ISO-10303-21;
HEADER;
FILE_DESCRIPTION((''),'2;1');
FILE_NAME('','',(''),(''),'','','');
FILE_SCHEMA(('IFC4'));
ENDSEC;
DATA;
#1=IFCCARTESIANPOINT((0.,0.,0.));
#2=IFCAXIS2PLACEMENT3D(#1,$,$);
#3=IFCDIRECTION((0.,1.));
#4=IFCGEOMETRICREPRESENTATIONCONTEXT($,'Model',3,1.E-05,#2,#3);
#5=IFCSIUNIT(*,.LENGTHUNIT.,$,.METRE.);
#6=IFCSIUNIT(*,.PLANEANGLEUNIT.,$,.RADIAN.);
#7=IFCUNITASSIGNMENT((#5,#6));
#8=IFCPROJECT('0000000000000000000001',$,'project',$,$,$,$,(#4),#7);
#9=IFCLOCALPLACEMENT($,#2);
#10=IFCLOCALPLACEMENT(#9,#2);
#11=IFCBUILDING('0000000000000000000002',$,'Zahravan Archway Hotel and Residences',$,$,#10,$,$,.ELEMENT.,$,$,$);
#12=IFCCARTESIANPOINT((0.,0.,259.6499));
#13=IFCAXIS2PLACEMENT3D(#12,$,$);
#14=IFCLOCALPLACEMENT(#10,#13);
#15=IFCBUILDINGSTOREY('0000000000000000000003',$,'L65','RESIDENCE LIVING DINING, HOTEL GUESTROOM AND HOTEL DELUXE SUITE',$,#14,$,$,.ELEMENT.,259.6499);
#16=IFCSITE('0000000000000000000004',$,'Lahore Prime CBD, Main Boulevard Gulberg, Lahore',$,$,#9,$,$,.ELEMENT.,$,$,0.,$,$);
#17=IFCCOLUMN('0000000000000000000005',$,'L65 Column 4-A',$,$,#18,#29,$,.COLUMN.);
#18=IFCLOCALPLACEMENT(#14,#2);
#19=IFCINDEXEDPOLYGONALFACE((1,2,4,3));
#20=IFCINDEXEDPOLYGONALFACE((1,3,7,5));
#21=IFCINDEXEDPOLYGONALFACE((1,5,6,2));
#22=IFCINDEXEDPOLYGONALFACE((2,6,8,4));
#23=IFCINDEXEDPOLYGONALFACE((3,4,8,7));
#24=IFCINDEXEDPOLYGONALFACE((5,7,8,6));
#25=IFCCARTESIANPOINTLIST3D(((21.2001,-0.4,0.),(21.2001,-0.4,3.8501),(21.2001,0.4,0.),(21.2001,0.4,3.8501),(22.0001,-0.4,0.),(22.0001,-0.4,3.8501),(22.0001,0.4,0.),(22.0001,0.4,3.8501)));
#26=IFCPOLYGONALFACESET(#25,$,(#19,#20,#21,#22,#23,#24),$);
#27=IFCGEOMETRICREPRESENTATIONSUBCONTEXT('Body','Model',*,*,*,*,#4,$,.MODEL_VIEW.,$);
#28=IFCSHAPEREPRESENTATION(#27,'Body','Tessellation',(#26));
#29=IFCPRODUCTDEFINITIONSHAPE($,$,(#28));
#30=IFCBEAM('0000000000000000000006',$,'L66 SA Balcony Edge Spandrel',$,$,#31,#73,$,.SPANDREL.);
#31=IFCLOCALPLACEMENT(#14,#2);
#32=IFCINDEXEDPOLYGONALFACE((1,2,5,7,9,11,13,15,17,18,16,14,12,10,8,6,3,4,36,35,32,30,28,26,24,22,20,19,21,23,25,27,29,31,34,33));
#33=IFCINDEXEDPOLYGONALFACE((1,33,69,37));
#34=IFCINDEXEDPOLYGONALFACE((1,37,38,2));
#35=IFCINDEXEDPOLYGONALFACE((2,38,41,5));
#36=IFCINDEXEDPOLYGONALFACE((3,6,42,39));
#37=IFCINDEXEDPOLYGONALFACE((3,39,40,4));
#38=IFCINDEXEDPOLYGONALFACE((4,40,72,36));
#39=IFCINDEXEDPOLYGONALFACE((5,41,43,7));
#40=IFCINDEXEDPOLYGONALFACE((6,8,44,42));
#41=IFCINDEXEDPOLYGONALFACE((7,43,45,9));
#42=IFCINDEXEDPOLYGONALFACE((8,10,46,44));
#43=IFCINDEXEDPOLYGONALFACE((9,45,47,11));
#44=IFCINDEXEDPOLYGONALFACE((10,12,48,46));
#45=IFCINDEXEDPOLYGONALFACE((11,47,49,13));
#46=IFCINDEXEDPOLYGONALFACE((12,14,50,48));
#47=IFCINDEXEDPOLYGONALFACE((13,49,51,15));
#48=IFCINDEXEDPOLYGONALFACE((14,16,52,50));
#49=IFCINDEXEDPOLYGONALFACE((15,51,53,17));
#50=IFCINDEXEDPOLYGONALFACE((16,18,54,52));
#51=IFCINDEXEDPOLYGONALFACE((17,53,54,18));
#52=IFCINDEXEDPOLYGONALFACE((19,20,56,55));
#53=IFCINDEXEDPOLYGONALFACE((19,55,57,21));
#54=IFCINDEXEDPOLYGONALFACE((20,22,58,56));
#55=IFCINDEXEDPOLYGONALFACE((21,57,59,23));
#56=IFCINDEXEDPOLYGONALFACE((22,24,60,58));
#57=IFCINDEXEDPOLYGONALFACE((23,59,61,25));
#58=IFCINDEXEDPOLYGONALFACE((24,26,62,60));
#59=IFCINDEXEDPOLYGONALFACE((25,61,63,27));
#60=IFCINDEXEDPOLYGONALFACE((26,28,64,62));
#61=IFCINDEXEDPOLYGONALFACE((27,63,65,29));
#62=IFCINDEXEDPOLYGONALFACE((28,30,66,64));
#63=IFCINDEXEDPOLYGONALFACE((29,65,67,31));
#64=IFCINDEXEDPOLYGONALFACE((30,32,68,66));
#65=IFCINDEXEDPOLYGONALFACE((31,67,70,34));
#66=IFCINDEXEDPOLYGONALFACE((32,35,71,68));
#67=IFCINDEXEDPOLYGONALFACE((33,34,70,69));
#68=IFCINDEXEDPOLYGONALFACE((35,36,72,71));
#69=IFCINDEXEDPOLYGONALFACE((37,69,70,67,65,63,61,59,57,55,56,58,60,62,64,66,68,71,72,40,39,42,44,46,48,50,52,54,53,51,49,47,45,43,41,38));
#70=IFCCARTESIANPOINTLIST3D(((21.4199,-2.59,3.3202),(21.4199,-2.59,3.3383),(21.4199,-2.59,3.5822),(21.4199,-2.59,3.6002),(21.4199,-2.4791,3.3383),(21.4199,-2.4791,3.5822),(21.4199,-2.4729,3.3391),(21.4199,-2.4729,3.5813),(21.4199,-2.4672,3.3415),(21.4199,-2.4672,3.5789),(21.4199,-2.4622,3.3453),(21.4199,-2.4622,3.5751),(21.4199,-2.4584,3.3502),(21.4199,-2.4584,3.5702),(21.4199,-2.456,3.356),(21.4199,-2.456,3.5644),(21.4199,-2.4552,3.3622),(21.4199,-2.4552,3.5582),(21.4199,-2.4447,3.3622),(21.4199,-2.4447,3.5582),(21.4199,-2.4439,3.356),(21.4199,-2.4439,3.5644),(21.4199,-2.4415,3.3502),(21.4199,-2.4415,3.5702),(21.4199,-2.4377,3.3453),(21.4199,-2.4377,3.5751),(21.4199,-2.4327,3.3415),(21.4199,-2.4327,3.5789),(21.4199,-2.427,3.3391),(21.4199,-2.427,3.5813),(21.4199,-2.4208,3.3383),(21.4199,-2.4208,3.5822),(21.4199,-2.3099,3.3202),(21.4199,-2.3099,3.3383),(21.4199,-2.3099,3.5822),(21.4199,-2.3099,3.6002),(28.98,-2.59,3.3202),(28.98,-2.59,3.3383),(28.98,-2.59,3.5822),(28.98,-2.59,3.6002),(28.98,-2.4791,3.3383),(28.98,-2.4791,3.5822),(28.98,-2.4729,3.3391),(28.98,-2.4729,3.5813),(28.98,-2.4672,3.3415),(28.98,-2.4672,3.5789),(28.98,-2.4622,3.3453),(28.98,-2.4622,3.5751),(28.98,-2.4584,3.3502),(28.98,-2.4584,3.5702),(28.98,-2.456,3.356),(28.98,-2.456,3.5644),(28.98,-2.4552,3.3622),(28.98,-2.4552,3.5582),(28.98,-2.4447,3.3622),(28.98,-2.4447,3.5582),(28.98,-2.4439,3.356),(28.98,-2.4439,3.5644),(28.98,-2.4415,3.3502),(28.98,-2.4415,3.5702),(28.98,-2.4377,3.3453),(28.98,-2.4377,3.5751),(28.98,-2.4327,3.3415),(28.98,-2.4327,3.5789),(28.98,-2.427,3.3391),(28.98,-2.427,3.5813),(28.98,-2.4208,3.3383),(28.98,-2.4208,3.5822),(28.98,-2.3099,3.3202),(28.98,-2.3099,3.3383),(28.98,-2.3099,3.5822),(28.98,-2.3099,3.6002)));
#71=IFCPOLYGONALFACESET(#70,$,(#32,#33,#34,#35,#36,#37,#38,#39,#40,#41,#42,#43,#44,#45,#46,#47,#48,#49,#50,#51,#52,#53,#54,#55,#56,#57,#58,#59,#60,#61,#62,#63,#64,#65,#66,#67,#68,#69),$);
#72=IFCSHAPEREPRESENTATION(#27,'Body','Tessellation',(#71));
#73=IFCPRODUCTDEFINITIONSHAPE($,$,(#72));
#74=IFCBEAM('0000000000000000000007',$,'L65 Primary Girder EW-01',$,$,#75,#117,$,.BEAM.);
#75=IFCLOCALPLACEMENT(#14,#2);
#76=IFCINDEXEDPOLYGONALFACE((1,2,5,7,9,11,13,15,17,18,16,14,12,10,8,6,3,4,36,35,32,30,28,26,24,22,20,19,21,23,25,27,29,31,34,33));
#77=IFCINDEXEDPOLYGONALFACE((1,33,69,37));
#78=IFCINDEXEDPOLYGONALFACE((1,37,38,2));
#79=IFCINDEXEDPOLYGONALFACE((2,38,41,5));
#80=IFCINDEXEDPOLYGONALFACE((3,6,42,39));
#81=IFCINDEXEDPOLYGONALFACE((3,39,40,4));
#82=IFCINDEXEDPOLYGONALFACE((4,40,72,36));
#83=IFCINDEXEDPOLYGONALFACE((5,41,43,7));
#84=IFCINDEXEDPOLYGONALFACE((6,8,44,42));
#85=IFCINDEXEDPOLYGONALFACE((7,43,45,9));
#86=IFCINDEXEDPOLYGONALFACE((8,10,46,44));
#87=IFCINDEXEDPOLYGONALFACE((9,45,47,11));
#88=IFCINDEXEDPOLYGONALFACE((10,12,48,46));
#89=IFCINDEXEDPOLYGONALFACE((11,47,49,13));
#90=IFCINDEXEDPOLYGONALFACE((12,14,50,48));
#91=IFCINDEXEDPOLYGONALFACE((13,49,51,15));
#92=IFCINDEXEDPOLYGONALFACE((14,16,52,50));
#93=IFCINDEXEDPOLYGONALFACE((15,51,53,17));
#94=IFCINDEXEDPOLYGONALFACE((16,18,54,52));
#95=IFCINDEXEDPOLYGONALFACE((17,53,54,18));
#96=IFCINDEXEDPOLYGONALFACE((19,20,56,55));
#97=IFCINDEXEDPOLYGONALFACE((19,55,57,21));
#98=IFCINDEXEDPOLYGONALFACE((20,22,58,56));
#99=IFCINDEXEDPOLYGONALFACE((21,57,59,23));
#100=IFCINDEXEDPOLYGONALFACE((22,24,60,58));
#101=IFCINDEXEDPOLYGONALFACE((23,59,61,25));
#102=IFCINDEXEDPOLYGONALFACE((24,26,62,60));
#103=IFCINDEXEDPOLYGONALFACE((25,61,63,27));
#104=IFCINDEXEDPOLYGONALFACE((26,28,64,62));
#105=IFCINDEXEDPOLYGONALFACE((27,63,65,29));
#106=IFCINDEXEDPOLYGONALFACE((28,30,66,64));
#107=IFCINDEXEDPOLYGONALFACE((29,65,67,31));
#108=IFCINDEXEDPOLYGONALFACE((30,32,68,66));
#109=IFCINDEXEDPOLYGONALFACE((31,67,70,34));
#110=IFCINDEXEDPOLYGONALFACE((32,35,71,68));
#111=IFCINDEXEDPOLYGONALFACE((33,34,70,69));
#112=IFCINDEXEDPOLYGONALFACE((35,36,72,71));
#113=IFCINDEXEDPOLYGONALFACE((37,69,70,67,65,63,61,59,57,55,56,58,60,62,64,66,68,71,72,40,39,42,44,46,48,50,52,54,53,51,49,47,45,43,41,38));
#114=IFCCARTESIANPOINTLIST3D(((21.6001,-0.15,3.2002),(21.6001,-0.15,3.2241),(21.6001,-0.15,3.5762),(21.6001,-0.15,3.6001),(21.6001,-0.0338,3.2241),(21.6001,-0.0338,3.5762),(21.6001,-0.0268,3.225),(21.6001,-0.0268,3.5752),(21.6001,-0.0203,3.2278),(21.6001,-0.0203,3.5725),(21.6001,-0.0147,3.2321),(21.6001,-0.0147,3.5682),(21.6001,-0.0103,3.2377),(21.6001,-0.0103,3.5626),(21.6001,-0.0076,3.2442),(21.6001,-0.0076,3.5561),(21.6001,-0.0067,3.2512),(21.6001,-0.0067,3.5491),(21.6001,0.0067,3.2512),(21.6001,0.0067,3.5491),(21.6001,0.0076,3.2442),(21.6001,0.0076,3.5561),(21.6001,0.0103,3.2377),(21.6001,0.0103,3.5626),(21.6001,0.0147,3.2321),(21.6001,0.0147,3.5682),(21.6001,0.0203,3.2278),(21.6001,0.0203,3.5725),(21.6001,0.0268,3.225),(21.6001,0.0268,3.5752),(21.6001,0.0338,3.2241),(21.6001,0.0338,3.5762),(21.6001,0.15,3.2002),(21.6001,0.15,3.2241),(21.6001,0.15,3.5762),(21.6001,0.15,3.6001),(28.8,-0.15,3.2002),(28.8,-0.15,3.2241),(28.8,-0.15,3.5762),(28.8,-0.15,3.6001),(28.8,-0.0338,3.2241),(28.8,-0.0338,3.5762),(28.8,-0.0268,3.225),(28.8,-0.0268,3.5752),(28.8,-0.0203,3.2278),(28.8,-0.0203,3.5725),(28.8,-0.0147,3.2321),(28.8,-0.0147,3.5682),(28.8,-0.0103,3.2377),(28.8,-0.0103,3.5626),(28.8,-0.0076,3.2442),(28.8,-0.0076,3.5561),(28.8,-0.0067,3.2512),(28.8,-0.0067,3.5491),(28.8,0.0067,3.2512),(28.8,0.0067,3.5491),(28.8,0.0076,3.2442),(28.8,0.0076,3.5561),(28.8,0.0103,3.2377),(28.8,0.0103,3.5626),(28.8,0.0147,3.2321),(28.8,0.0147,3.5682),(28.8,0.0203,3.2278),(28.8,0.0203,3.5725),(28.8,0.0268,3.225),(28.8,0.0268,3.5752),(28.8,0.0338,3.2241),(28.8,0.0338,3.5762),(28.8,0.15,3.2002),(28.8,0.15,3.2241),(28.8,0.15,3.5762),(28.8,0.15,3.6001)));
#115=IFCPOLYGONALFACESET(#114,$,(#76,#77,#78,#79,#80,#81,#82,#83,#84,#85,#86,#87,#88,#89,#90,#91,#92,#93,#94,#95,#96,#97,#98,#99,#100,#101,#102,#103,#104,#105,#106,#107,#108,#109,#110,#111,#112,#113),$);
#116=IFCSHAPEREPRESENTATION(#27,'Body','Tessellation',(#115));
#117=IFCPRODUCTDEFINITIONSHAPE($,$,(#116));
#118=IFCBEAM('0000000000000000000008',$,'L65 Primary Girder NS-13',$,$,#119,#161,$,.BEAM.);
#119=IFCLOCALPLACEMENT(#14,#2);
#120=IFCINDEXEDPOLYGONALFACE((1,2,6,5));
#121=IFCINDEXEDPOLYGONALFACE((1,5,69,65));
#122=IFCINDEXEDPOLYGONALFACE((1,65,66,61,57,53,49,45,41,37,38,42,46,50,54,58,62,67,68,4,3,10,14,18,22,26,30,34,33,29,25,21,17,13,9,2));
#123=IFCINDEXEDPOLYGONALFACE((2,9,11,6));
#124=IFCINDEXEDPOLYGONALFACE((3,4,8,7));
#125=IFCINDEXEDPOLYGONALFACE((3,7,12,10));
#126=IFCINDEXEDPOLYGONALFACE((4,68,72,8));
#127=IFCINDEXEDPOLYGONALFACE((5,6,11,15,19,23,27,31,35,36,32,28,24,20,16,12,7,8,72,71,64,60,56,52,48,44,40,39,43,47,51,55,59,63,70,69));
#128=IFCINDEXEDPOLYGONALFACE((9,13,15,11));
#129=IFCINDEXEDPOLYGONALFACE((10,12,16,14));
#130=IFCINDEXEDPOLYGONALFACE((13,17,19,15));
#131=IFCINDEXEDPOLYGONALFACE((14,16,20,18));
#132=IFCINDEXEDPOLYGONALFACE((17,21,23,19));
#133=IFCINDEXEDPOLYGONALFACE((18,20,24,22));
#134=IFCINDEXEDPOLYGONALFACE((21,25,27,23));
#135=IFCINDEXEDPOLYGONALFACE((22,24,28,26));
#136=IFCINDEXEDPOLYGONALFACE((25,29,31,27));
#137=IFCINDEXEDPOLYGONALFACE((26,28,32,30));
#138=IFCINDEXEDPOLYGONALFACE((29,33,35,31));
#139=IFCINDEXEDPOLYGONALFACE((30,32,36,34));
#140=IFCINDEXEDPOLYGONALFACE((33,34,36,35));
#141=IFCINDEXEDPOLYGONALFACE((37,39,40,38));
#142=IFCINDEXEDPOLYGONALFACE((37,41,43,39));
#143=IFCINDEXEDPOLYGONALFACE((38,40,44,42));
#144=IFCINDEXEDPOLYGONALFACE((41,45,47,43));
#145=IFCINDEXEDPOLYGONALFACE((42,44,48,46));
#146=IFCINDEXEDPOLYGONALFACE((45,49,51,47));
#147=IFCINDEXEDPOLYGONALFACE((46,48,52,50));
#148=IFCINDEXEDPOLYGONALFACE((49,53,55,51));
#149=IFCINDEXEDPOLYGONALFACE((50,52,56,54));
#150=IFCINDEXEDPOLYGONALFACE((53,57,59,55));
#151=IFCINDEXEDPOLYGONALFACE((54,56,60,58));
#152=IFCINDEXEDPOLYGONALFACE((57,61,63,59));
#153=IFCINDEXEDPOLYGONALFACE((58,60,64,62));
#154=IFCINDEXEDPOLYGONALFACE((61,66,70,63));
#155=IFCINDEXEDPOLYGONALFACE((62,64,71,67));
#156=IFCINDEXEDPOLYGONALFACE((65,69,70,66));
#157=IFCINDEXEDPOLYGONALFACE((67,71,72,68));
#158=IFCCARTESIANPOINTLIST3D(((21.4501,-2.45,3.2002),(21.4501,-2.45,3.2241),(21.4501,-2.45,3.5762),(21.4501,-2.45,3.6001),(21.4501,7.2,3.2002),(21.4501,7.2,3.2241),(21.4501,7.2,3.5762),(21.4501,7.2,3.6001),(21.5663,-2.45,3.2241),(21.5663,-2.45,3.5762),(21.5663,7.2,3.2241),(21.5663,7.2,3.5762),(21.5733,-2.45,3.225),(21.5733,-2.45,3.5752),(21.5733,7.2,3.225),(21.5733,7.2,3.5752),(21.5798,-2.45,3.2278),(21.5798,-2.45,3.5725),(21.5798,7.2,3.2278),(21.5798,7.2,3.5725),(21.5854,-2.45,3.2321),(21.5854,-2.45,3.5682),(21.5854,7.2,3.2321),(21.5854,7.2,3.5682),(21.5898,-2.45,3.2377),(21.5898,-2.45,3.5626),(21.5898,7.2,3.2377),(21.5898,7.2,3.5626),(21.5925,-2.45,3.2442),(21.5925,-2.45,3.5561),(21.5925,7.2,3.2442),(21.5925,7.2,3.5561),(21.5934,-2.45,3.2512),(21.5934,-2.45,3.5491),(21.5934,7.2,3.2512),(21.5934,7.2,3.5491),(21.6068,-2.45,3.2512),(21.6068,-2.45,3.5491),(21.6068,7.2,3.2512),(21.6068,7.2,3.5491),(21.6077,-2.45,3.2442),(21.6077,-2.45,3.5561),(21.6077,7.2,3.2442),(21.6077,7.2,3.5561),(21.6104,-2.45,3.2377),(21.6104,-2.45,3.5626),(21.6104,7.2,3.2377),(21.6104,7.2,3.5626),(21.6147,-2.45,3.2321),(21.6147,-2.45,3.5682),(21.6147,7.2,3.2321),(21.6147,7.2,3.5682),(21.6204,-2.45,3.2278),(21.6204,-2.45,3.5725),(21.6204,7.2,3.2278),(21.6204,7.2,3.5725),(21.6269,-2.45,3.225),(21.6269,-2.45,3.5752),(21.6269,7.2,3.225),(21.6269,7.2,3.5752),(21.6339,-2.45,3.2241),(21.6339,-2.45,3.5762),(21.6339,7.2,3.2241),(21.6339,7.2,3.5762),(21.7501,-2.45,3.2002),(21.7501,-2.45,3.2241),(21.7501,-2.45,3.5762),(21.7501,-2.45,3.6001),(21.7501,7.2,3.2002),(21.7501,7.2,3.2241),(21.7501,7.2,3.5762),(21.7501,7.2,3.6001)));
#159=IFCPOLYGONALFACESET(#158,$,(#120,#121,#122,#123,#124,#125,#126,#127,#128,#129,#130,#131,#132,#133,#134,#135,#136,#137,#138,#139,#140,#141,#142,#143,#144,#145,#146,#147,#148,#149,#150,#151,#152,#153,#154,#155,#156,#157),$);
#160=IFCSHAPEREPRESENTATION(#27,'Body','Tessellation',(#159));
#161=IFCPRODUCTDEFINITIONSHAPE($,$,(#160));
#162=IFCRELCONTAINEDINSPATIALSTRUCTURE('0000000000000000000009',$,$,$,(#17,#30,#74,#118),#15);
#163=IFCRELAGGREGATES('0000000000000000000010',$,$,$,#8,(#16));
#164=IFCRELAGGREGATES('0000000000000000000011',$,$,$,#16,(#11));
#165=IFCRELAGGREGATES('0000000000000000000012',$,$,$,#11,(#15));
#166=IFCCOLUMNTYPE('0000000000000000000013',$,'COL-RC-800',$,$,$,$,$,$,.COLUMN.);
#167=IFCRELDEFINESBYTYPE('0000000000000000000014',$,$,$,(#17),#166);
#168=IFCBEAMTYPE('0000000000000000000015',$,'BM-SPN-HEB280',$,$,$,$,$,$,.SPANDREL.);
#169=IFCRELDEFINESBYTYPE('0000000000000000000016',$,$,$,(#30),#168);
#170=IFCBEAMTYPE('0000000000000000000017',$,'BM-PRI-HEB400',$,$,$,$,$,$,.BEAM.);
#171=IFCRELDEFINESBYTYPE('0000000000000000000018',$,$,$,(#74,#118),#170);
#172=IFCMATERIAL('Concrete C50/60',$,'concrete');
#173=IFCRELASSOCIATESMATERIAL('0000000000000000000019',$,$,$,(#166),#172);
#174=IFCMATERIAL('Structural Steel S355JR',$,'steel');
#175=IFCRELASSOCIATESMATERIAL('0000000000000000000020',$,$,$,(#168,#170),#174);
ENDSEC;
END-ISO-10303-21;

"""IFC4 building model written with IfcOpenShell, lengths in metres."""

from ifc_helpers import new_model, si_unit, direction, frame, origin, origin_2d, place, context, subcontext, project, spatial, rectangle, i_section, extrude, source, transform, mapped, material, material_profile, profile_set, type_object, type_shapes, element, save


model = new_model("IFC4")

# Units and contexts
model_context = context("Model", 3, precision=1e-05, world=origin(), true_north=direction((0.0, 1.0)))
body_context = subcontext(model_context, "Body", "Model", "MODEL_VIEW")
ifc_project = project(units=[si_unit("LENGTHUNIT", "METRE"), si_unit("PLANEANGLEUNIT", "RADIAN")], contexts=[model_context])

# Site, building, storey
site_placement = place(None, origin())
site = spatial("IfcSite", under=ifc_project, at=site_placement, Name="Lahore Prime CBD, Main Boulevard Gulberg, Lahore", CompositionType="ELEMENT", RefElevation=0.0)
building_placement = place(site_placement, origin())
building = spatial("IfcBuilding", under=site, at=building_placement, Name="Zahravan Archway Hotel and Residences", CompositionType="ELEMENT")
storey_placement = place(building_placement, frame((0.0, 0.0, 259.6499)))
storey = spatial("IfcBuildingStorey", under=building, at=storey_placement, Name="L65", Description="RESIDENCE LIVING DINING, HOTEL GUESTROOM AND HOTEL DELUXE SUITE", CompositionType="ELEMENT", Elevation=259.6499)

# Column
ifc_material_1 = material(Name="Concrete C50/60", Category="concrete")
ifc_material_profile_1 = material_profile(ifc_material_1, rectangle(XDim=0.8, YDim=0.8, at=origin_2d()), Name="RC-COL-800x800", Category="concrete")
ifc_profile_set_1 = profile_set([ifc_material_profile_1], Name="Concrete C50/60")
column_type = type_object("IfcColumnType", Name="COL-RC-800", PredefinedType="COLUMN", material=ifc_profile_set_1)
shared_shape_1 = source(origin(), body_context, "Body", "SweptSolid", [
    extrude(rectangle(XDim=0.8, YDim=0.8, at=origin_2d()), origin(), (0.0, 0.0, 1.0), 3.8501),
])
column_placement = place(storey_placement, frame((21.6001, 0.0, 0.0), z_axis=(0.0, 0.0, 1.0), x_axis=(1.0, 0.0, 0.0)))
element("IfcColumn", 1, at=column_placement, inside=storey, type_object=column_type, Name="L65 Column 4-A", PredefinedType="COLUMN", context=body_context, shape_type="MappedRepresentation", body=[
    mapped(shared_shape_1, transform((0.0, 0.0, 0.0), scale=1.0)),
])

# Beams
ifc_material_2 = material(Name="Structural Steel S355JR", Category="steel")
ifc_material_profile_2 = material_profile(ifc_material_2, i_section(OverallWidth=0.28, OverallDepth=0.28, WebThickness=0.0105, FlangeThickness=0.0181, FilletRadius=0.0239, at=origin_2d()), Name="HEB 280", Category="steel")
ifc_profile_set_2 = profile_set([ifc_material_profile_2], Name="Structural Steel S355JR")
beam_type_1 = type_object("IfcBeamType", Name="BM-SPN-HEB280", PredefinedType="SPANDREL", material=ifc_profile_set_2)
shared_shape_2 = source(origin(), body_context, "Body", "SweptSolid", [
    extrude(i_section(OverallWidth=0.28, OverallDepth=0.28, WebThickness=0.0105, FlangeThickness=0.0181, FilletRadius=0.0239, at=origin_2d()), origin(), (0.0, 0.0, 1.0), 7.5601),
])
type_shapes(beam_type_1, [shared_shape_2])
beam_1_placement = place(storey_placement, frame((21.4199, -2.45, 3.4602), z_axis=(1.0, 0.0, 0.0), x_axis=(0.0, 1.0, 0.0)))
element("IfcBeam", 2, at=beam_1_placement, inside=storey, type_object=beam_type_1, Name="L66 SA Balcony Edge Spandrel", PredefinedType="SPANDREL", context=body_context, shape_type="MappedRepresentation", body=[
    mapped(shared_shape_2, transform((0.0, 0.0, 0.0), scale=1.0)),
])
ifc_material_profile_3 = material_profile(ifc_material_2, i_section(OverallWidth=0.3, OverallDepth=0.3999, WebThickness=0.0134, FlangeThickness=0.0239, FilletRadius=0.0271, at=origin_2d()), Name="HEB 400", Category="steel")
ifc_profile_set_3 = profile_set([ifc_material_profile_3], Name="Structural Steel S355JR")
beam_type_2 = type_object("IfcBeamType", Name="BM-PRI-HEB400", PredefinedType="BEAM", material=ifc_profile_set_3)
shared_shape_3 = source(origin(), body_context, "Body", "SweptSolid", [
    extrude(i_section(OverallWidth=0.3, OverallDepth=0.3999, WebThickness=0.0134, FlangeThickness=0.0239, FilletRadius=0.0271, at=origin_2d()), origin(), (0.0, 0.0, 1.0), 7.2),
])
type_shapes(beam_type_2, [shared_shape_3])
beam_2_placement = place(storey_placement, frame((21.6001, 0.0, 3.4001), z_axis=(1.0, 0.0, 0.0), x_axis=(0.0, 1.0, 0.0)))
element("IfcBeam", 3, at=beam_2_placement, inside=storey, type_object=beam_type_2, Name="L65 Primary Girder EW-01", PredefinedType="BEAM", context=body_context, shape_type="MappedRepresentation", body=[
    mapped(shared_shape_3, transform((0.0, 0.0, 0.0), scale=1.0)),
])
shared_shape_4 = source(origin(), body_context, "Body", "SweptSolid", [
    extrude(i_section(OverallWidth=0.3, OverallDepth=0.3999, WebThickness=0.0134, FlangeThickness=0.0239, FilletRadius=0.0271, at=origin_2d()), origin(), (0.0, 0.0, 1.0), 9.6499),
])
beam_3_placement = place(storey_placement, frame((21.6001, -2.45, 3.4001), z_axis=(0.0, 1.0, 0.0), x_axis=(-1.0, 0.0, 0.0)))
element("IfcBeam", 4, at=beam_3_placement, inside=storey, type_object=beam_type_2, Name="L65 Primary Girder NS-13", PredefinedType="BEAM", context=body_context, shape_type="MappedRepresentation", body=[
    mapped(shared_shape_4, transform((0.0, 0.0, 0.0), scale=1.0)),
])

save(model, "model.ifc")
